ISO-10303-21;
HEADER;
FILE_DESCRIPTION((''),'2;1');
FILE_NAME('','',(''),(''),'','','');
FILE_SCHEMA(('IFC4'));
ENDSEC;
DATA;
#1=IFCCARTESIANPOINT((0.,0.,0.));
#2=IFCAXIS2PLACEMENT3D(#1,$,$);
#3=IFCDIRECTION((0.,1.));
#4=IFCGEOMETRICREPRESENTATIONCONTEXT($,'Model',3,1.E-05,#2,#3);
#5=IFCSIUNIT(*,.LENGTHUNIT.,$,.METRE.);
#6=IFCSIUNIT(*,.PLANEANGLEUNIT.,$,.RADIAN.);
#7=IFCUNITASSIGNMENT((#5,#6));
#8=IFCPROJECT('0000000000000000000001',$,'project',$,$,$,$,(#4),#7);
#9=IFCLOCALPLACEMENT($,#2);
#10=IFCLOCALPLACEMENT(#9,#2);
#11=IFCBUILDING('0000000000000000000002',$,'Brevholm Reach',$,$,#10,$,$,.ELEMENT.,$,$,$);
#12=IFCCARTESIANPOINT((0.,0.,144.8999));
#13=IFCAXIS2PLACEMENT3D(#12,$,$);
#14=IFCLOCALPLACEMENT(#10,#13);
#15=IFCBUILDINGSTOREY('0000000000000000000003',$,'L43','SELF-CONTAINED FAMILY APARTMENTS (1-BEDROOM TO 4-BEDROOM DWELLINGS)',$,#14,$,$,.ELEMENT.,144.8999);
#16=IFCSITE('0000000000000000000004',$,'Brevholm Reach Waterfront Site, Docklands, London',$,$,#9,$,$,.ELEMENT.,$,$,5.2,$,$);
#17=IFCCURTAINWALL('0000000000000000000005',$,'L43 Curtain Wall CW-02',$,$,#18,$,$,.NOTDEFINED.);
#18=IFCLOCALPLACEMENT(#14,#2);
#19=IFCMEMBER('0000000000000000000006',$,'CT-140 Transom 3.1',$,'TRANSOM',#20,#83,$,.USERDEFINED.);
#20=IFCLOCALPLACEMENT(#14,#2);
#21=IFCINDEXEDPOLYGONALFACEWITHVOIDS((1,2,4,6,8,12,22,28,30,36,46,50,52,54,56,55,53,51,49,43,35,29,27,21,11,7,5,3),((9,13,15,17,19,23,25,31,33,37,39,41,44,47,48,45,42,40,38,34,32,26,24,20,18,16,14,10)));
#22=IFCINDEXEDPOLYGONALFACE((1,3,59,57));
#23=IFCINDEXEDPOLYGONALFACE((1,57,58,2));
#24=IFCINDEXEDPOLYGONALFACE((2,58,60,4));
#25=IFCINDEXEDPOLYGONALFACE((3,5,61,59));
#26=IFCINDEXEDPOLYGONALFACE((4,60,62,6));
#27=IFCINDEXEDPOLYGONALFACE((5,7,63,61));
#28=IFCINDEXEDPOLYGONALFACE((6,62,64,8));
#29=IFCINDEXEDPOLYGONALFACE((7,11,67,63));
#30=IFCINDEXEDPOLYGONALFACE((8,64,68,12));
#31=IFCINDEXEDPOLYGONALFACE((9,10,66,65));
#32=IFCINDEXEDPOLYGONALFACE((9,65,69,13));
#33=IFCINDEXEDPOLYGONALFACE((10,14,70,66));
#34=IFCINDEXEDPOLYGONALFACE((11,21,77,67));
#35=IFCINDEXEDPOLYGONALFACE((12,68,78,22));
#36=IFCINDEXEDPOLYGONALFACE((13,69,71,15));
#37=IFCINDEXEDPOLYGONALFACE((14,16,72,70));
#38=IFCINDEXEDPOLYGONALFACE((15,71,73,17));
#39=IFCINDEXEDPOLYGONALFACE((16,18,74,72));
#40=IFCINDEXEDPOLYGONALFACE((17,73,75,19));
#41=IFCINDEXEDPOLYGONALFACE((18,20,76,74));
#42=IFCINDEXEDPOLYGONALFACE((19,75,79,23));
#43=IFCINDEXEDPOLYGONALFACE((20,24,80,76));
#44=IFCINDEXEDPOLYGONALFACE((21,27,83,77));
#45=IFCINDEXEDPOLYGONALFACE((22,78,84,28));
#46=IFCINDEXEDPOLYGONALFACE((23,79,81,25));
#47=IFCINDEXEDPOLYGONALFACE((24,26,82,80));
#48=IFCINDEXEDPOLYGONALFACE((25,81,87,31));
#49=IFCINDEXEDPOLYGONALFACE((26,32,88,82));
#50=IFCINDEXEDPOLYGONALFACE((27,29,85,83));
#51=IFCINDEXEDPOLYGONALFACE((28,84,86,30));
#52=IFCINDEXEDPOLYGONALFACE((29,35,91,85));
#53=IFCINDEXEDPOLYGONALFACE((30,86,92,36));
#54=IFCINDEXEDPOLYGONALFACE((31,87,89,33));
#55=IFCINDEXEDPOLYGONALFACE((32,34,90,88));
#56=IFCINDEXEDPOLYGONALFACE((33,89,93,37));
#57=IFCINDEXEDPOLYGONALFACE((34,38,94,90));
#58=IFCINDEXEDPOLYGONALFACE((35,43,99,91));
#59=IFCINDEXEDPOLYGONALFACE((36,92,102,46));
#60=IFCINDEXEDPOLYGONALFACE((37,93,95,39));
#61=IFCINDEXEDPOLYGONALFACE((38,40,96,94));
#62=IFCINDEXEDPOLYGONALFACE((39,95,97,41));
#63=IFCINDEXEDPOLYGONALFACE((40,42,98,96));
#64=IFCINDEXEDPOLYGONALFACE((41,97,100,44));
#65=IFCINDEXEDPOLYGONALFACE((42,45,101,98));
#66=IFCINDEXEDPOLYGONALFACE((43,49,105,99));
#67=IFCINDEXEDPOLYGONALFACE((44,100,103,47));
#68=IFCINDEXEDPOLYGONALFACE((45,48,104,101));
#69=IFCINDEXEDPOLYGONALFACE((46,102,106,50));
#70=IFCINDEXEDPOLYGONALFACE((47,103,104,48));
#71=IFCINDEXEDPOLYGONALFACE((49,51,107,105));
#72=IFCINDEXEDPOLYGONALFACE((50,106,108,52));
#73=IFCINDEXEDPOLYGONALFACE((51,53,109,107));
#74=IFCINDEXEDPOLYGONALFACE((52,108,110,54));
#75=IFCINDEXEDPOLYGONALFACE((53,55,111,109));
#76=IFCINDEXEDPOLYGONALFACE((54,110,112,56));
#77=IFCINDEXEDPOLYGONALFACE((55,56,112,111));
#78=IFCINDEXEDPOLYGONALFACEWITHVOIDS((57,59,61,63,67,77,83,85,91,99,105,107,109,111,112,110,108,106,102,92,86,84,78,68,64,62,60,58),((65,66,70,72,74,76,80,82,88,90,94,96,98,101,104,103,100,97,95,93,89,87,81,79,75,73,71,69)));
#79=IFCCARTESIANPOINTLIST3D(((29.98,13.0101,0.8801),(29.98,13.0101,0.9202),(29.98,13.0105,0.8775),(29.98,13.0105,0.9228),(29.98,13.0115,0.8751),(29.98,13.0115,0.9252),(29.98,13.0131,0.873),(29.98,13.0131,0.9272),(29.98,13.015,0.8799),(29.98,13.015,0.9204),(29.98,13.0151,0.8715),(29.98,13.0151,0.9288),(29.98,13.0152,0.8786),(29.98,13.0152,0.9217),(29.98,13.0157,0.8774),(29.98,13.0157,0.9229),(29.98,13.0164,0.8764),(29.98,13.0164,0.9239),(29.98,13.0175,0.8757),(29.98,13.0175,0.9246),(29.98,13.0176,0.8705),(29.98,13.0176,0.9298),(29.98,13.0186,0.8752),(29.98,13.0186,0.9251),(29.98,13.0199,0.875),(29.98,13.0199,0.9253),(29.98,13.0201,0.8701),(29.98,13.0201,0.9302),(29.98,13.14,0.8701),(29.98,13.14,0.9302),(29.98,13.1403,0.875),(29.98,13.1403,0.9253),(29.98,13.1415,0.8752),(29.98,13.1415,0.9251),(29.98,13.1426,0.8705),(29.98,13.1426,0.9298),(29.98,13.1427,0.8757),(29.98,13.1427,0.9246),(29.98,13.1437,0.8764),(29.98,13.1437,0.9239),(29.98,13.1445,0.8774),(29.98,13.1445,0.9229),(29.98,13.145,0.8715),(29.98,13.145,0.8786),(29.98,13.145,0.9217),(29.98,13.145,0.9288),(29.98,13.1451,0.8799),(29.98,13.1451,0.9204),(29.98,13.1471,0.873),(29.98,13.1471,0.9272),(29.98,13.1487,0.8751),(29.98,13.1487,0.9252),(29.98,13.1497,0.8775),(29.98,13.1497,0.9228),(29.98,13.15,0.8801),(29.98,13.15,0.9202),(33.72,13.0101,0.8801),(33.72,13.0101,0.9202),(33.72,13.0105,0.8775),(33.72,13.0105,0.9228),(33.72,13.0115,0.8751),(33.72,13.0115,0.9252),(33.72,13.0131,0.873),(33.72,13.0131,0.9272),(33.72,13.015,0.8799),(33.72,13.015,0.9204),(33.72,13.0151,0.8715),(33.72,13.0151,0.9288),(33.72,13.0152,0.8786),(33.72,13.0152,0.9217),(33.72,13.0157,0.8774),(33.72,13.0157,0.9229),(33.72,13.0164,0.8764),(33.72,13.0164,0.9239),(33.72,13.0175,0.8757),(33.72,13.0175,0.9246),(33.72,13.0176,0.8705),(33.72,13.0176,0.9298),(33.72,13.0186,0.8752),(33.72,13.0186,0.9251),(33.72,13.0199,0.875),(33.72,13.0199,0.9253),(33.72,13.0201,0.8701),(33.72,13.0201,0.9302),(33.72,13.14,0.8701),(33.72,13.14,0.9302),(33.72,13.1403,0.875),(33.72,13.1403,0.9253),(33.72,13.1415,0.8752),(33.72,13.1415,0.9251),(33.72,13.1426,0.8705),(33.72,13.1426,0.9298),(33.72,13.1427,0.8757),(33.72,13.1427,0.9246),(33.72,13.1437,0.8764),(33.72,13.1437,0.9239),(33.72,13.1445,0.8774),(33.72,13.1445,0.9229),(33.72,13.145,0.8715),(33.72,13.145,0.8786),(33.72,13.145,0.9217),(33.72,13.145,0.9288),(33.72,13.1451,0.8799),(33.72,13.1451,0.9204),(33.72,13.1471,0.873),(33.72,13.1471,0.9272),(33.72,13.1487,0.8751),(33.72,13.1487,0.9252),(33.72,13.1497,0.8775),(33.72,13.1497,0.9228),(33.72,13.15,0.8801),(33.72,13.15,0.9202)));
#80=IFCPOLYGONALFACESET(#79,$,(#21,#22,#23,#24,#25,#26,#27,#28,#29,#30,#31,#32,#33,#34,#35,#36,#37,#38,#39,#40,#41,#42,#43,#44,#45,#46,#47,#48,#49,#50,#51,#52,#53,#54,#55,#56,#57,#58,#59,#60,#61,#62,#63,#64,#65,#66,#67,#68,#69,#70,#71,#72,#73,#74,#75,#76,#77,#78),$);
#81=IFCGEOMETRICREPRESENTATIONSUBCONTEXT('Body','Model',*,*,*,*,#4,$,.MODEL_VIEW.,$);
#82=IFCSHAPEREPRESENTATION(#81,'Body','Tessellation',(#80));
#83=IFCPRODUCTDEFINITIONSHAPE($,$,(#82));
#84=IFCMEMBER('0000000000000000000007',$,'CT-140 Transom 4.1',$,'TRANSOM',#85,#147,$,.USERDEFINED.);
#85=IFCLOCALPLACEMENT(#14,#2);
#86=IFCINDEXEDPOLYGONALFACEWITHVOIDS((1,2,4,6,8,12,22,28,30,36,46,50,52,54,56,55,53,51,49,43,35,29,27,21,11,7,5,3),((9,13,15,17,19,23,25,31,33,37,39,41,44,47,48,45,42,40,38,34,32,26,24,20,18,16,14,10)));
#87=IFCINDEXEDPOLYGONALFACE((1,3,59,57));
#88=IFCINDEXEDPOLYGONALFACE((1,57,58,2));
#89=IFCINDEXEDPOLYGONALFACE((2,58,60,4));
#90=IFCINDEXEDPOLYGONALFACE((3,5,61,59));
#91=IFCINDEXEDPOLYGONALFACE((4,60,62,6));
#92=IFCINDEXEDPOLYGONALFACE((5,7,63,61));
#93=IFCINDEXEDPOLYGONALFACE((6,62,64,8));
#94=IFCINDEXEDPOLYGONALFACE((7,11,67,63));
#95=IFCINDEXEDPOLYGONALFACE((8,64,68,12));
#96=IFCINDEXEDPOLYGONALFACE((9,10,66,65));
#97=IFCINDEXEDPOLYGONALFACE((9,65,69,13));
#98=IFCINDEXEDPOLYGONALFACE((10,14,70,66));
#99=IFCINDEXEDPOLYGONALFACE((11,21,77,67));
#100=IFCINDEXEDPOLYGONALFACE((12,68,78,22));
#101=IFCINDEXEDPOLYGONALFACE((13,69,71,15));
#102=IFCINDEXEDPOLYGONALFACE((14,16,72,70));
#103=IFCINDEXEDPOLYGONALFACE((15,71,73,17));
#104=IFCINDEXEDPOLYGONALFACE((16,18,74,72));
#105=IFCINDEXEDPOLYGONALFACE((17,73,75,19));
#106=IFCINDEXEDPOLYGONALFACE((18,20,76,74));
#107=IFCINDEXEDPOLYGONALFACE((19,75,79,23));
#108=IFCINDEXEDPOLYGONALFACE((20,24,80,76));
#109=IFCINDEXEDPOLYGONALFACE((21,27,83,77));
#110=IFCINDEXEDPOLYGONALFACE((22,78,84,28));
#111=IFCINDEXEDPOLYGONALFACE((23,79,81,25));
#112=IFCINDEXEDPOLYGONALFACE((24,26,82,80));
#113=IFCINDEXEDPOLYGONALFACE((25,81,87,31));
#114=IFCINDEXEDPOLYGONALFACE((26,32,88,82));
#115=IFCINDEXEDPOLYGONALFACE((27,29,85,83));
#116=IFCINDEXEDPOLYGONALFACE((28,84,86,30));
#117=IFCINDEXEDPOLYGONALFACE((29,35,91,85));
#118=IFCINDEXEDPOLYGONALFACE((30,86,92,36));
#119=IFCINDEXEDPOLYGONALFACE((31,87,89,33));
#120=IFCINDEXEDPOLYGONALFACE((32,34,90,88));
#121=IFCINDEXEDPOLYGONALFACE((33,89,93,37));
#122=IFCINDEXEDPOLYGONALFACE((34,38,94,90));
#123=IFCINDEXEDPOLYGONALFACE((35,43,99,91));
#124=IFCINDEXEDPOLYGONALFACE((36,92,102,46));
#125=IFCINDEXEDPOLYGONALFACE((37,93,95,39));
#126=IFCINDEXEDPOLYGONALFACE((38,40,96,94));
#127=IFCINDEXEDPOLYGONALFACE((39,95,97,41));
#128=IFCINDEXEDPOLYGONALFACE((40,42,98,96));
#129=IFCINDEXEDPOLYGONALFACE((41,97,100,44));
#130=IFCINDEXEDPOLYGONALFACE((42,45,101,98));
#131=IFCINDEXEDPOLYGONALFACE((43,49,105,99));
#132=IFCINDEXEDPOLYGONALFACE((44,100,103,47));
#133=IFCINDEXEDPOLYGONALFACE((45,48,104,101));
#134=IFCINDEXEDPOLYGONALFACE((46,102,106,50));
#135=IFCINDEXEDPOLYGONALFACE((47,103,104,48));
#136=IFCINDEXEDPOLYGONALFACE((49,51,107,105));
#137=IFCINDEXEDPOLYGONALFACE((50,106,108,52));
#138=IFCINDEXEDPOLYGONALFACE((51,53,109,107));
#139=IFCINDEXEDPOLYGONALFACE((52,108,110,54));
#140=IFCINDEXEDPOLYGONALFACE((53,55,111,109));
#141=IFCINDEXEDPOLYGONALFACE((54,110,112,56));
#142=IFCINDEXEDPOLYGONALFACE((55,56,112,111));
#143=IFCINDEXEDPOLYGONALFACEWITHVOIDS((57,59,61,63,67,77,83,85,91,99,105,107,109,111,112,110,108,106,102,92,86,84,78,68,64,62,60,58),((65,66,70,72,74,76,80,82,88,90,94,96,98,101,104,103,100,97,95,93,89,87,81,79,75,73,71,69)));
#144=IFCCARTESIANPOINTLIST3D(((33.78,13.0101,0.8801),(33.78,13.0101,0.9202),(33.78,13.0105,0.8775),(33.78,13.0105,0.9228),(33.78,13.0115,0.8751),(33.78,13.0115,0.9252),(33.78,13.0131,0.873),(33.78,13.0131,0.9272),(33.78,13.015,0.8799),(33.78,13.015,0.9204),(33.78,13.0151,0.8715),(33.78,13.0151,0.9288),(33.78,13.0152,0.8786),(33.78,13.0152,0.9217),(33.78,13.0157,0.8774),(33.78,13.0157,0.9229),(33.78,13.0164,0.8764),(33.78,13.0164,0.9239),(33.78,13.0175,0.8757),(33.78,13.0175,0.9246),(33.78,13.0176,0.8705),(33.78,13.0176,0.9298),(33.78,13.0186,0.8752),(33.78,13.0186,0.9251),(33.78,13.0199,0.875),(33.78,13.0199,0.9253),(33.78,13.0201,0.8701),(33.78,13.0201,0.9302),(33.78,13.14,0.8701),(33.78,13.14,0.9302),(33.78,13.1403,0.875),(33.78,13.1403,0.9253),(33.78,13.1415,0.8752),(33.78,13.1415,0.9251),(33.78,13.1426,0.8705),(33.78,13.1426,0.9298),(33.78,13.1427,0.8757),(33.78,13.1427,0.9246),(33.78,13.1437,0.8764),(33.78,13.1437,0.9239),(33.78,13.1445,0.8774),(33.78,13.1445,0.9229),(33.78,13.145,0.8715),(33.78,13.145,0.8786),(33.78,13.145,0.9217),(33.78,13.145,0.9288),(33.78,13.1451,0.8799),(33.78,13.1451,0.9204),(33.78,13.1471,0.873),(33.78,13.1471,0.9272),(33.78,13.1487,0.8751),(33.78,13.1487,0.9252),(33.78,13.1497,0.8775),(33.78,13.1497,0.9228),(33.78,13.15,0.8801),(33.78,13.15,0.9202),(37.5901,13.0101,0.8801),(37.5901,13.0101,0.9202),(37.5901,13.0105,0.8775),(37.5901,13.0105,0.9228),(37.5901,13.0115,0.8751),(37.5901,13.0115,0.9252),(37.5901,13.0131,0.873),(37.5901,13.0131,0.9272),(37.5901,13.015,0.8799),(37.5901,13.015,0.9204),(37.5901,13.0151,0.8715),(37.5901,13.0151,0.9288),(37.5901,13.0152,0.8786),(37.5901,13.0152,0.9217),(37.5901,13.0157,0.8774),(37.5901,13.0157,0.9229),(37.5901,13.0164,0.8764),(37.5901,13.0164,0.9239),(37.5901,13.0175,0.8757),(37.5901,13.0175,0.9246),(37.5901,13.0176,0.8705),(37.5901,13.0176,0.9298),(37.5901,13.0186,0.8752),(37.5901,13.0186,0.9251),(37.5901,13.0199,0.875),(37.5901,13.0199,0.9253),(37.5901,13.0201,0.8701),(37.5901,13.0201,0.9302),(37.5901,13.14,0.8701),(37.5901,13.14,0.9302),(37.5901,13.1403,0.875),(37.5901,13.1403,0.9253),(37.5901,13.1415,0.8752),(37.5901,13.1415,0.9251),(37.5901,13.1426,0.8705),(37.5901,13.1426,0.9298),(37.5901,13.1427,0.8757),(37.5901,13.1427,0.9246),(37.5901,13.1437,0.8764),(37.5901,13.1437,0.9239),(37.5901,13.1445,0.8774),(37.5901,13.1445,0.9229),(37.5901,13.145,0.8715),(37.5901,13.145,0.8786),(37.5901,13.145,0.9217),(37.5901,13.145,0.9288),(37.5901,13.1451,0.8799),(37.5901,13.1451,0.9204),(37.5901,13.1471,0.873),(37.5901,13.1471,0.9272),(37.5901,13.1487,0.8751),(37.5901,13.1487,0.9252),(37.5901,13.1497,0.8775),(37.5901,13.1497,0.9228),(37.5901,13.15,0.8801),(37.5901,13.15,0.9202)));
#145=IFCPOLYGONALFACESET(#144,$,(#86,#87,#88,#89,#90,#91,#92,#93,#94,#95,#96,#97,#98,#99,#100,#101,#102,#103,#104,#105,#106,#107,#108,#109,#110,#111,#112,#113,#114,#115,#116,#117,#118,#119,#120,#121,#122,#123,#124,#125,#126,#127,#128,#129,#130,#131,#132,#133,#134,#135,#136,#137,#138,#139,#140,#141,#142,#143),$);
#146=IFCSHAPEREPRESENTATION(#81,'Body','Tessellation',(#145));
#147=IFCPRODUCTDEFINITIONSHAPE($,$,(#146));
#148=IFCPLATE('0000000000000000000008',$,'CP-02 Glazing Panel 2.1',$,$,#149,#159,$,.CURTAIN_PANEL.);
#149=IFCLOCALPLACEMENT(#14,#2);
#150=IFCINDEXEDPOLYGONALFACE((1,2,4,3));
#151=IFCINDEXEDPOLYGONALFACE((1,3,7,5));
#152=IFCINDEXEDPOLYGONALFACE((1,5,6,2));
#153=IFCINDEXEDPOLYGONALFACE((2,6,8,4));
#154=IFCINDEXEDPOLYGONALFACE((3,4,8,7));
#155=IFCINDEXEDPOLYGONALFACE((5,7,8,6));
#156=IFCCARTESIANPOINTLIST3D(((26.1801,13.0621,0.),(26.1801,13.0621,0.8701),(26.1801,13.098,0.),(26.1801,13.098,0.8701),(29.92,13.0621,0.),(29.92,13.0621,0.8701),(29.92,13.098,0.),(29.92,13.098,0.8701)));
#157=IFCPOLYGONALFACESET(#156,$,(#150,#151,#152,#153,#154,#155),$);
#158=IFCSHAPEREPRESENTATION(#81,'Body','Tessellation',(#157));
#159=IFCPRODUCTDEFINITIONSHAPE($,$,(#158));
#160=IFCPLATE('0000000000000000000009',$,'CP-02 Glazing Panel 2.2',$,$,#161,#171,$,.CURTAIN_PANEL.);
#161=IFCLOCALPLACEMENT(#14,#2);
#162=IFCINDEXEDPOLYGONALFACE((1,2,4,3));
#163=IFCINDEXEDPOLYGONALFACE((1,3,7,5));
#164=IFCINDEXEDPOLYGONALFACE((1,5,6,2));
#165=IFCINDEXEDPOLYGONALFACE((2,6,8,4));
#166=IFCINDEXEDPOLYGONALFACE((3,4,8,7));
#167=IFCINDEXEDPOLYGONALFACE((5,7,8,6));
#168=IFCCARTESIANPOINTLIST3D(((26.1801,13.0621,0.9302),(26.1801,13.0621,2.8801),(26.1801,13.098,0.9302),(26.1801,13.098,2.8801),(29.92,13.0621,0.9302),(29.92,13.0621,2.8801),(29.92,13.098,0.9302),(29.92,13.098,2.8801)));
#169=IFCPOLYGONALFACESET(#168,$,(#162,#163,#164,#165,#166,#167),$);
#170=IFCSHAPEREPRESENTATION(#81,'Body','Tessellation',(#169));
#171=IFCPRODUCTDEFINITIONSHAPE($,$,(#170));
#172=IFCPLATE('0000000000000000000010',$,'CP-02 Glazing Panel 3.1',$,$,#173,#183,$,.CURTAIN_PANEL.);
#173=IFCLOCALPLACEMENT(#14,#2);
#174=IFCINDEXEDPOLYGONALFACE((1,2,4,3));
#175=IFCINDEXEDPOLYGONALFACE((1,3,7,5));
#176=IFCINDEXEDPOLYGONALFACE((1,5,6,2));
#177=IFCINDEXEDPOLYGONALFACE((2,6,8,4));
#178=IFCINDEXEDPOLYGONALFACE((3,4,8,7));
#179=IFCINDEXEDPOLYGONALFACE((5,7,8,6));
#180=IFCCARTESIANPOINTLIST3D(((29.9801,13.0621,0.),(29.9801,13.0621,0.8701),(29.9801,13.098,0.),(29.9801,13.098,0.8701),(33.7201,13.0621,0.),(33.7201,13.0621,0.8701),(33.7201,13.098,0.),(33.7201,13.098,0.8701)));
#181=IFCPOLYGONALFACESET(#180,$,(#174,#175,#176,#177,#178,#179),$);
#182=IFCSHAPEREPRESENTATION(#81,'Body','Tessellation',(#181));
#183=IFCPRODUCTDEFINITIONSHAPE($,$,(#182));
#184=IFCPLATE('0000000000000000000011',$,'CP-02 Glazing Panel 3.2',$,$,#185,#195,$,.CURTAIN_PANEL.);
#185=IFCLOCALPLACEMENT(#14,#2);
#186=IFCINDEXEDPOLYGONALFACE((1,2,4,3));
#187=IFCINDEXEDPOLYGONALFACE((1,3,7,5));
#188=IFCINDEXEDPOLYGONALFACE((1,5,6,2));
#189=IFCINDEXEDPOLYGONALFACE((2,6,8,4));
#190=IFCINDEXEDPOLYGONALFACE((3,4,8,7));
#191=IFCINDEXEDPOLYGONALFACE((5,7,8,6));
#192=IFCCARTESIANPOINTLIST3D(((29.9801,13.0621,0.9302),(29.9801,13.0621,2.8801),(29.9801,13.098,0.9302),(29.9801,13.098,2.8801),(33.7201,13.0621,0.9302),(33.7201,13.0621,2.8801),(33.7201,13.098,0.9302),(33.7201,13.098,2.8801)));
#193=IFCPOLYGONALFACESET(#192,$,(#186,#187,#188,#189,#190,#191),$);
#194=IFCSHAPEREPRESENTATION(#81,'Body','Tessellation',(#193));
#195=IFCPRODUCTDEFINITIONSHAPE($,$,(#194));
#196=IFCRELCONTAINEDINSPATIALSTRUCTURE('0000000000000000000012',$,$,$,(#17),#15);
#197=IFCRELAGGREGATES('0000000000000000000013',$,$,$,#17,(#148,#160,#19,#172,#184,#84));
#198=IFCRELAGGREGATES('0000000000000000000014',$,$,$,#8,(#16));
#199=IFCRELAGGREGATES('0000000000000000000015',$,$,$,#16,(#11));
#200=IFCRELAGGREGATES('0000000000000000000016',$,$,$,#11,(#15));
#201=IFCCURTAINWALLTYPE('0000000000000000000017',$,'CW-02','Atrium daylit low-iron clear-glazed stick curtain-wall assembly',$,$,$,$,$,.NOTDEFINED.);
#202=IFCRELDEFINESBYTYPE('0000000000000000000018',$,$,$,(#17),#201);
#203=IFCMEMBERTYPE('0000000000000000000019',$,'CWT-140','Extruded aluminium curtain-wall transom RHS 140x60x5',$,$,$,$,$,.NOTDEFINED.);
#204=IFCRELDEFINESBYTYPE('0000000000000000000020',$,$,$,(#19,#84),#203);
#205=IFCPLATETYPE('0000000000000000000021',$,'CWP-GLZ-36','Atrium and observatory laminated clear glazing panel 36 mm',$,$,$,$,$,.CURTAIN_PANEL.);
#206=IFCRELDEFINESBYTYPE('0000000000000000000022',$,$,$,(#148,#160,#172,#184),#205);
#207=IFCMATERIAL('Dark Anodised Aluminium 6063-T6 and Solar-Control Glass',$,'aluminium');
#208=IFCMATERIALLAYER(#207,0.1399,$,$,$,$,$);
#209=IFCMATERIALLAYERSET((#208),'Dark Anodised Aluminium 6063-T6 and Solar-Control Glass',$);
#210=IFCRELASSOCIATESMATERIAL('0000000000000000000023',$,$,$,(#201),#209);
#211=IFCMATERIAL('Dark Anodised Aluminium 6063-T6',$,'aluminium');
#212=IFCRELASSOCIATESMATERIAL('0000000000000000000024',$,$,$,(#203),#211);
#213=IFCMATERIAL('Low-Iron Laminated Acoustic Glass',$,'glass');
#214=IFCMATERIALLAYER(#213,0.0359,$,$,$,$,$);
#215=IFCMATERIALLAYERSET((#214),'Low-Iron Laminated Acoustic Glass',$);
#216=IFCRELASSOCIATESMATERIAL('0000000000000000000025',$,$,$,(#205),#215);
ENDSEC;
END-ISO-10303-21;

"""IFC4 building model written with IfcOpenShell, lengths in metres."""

from ifc_helpers import new_model, si_unit, direction, frame, origin, origin_2d, place, context, subcontext, project, spatial, rectangle, hollow_rectangle, extrude, material, layer, layer_set, material_profile, profile_set, type_object, element, aggregate, save


model = new_model("IFC4")

# Units and contexts
model_context = context("Model", 3, precision=1e-05, world=origin(), true_north=direction((0.0, 1.0)))
body_context = subcontext(model_context, "Body", "Model", "MODEL_VIEW")
ifc_project = project(units=[si_unit("LENGTHUNIT", "METRE"), si_unit("PLANEANGLEUNIT", "RADIAN")], contexts=[model_context])

# Site, building, storey
site_placement = place(None, origin())
site = spatial("IfcSite", under=ifc_project, at=site_placement, Name="Brevholm Reach Waterfront Site, Docklands, London", CompositionType="ELEMENT", RefElevation=5.2)
building_placement = place(site_placement, origin())
building = spatial("IfcBuilding", under=site, at=building_placement, Name="Brevholm Reach", CompositionType="ELEMENT")
storey_placement = place(building_placement, frame((0.0, 0.0, 144.8999)))
storey = spatial("IfcBuildingStorey", under=building, at=storey_placement, Name="L43", Description="SELF-CONTAINED FAMILY APARTMENTS (1-BEDROOM TO 4-BEDROOM DWELLINGS)", CompositionType="ELEMENT", Elevation=144.8999)

# Curtain wall, members, plates
ifc_material_1 = material(Name="Dark Anodised Aluminium 6063-T6 and Solar-Control Glass", Category="aluminium")
ifc_layer_1 = layer(ifc_material_1, 0.1399)
ifc_layer_set_1 = layer_set([ifc_layer_1], Name="Dark Anodised Aluminium 6063-T6 and Solar-Control Glass")
curtain_wall_type = type_object("IfcCurtainWallType", Name="CW-02", Description="Atrium daylit low-iron clear-glazed stick curtain-wall assembly", PredefinedType="NOTDEFINED", material=ifc_layer_set_1)
curtain_wall_placement = place(storey_placement, origin())
curtain_wall = element("IfcCurtainWall", 1, at=curtain_wall_placement, inside=storey, type_object=curtain_wall_type, Name="L43 Curtain Wall CW-02", PredefinedType="NOTDEFINED")
ifc_material_2 = material(Name="Dark Anodised Aluminium 6063-T6", Category="aluminium")
ifc_material_profile_1 = material_profile(ifc_material_2, hollow_rectangle(XDim=0.0601, YDim=0.1399, WallThickness=0.0049, InnerFilletRadius=0.0049, OuterFilletRadius=0.01, at=origin_2d()), Name="RHS 140x60x5")
ifc_profile_set_1 = profile_set([ifc_material_profile_1], Name="Dark Anodised Aluminium 6063-T6")
member_type_1 = type_object("IfcMemberType", Name="CWT-140", Description="Extruded aluminium curtain-wall transom RHS 140x60x5", PredefinedType="NOTDEFINED", material=ifc_profile_set_1)
member_1_placement = place(storey_placement, frame((29.98, 13.0801, 0.9001), z_axis=(1.0, 0.0, 0.0), x_axis=(0.0, 0.0, 1.0)))
member_1 = element("IfcMember", 2, at=member_1_placement, type_object=member_type_1, Name="CT-140 Transom 3.1", ObjectType="TRANSOM", PredefinedType="USERDEFINED", context=body_context, shape_type="SweptSolid", body=[
    extrude(hollow_rectangle(XDim=0.0601, YDim=0.1399, WallThickness=0.0049, InnerFilletRadius=0.0049, OuterFilletRadius=0.01, at=origin_2d()), origin(), (0.0, 0.0, 1.0), 3.74),
])
member_2_placement = place(storey_placement, frame((33.78, 13.0801, 0.9001), z_axis=(1.0, 0.0, 0.0), x_axis=(0.0, 0.0, 1.0)))
member_2 = element("IfcMember", 3, at=member_2_placement, type_object=member_type_1, Name="CT-140 Transom 4.1", ObjectType="TRANSOM", PredefinedType="USERDEFINED", context=body_context, shape_type="SweptSolid", body=[
    extrude(hollow_rectangle(XDim=0.0601, YDim=0.1399, WallThickness=0.0049, InnerFilletRadius=0.0049, OuterFilletRadius=0.01, at=origin_2d()), origin(), (0.0, 0.0, 1.0), 3.8101),
])
ifc_material_3 = material(Name="Low-Iron Laminated Acoustic Glass", Category="glass")
ifc_layer_2 = layer(ifc_material_3, 0.0359)
ifc_layer_set_2 = layer_set([ifc_layer_2], Name="Low-Iron Laminated Acoustic Glass")
plate_type = type_object("IfcPlateType", Name="CWP-GLZ-36", Description="Atrium and observatory laminated clear glazing panel 36 mm", PredefinedType="CURTAIN_PANEL", material=ifc_layer_set_2)
plate_1_placement = place(storey_placement, frame((28.05, 13.0801, 0.0), z_axis=(0.0, 0.0, 1.0), x_axis=(1.0, 0.0, 0.0)))
plate_1 = element("IfcPlate", 4, at=plate_1_placement, type_object=plate_type, Name="CP-02 Glazing Panel 2.1", PredefinedType="CURTAIN_PANEL", context=body_context, shape_type="SweptSolid", body=[
    extrude(rectangle(XDim=3.74, YDim=0.0359, at=origin_2d()), origin(), (0.0, 0.0, 1.0), 0.8701),
])
plate_2_placement = place(storey_placement, frame((28.05, 13.0801, 0.9302), z_axis=(0.0, 0.0, 1.0), x_axis=(1.0, 0.0, 0.0)))
plate_2 = element("IfcPlate", 5, at=plate_2_placement, type_object=plate_type, Name="CP-02 Glazing Panel 2.2", PredefinedType="CURTAIN_PANEL", context=body_context, shape_type="SweptSolid", body=[
    extrude(rectangle(XDim=3.74, YDim=0.0359, at=origin_2d()), origin(), (0.0, 0.0, 1.0), 1.95),
])
plate_3_placement = place(storey_placement, frame((31.8501, 13.0801, 0.0), z_axis=(0.0, 0.0, 1.0), x_axis=(1.0, 0.0, 0.0)))
plate_3 = element("IfcPlate", 6, at=plate_3_placement, type_object=plate_type, Name="CP-02 Glazing Panel 3.1", PredefinedType="CURTAIN_PANEL", context=body_context, shape_type="SweptSolid", body=[
    extrude(rectangle(XDim=3.74, YDim=0.0359, at=origin_2d()), origin(), (0.0, 0.0, 1.0), 0.8701),
])
plate_4_placement = place(storey_placement, frame((31.8501, 13.0801, 0.9302), z_axis=(0.0, 0.0, 1.0), x_axis=(1.0, 0.0, 0.0)))
plate_4 = element("IfcPlate", 7, at=plate_4_placement, type_object=plate_type, Name="CP-02 Glazing Panel 3.2", PredefinedType="CURTAIN_PANEL", context=body_context, shape_type="SweptSolid", body=[
    extrude(rectangle(XDim=3.74, YDim=0.0359, at=origin_2d()), origin(), (0.0, 0.0, 1.0), 1.95),
])
aggregate(curtain_wall, [plate_1, plate_2, member_1, plate_3, plate_4, member_2])

save(model, "model.ifc")
